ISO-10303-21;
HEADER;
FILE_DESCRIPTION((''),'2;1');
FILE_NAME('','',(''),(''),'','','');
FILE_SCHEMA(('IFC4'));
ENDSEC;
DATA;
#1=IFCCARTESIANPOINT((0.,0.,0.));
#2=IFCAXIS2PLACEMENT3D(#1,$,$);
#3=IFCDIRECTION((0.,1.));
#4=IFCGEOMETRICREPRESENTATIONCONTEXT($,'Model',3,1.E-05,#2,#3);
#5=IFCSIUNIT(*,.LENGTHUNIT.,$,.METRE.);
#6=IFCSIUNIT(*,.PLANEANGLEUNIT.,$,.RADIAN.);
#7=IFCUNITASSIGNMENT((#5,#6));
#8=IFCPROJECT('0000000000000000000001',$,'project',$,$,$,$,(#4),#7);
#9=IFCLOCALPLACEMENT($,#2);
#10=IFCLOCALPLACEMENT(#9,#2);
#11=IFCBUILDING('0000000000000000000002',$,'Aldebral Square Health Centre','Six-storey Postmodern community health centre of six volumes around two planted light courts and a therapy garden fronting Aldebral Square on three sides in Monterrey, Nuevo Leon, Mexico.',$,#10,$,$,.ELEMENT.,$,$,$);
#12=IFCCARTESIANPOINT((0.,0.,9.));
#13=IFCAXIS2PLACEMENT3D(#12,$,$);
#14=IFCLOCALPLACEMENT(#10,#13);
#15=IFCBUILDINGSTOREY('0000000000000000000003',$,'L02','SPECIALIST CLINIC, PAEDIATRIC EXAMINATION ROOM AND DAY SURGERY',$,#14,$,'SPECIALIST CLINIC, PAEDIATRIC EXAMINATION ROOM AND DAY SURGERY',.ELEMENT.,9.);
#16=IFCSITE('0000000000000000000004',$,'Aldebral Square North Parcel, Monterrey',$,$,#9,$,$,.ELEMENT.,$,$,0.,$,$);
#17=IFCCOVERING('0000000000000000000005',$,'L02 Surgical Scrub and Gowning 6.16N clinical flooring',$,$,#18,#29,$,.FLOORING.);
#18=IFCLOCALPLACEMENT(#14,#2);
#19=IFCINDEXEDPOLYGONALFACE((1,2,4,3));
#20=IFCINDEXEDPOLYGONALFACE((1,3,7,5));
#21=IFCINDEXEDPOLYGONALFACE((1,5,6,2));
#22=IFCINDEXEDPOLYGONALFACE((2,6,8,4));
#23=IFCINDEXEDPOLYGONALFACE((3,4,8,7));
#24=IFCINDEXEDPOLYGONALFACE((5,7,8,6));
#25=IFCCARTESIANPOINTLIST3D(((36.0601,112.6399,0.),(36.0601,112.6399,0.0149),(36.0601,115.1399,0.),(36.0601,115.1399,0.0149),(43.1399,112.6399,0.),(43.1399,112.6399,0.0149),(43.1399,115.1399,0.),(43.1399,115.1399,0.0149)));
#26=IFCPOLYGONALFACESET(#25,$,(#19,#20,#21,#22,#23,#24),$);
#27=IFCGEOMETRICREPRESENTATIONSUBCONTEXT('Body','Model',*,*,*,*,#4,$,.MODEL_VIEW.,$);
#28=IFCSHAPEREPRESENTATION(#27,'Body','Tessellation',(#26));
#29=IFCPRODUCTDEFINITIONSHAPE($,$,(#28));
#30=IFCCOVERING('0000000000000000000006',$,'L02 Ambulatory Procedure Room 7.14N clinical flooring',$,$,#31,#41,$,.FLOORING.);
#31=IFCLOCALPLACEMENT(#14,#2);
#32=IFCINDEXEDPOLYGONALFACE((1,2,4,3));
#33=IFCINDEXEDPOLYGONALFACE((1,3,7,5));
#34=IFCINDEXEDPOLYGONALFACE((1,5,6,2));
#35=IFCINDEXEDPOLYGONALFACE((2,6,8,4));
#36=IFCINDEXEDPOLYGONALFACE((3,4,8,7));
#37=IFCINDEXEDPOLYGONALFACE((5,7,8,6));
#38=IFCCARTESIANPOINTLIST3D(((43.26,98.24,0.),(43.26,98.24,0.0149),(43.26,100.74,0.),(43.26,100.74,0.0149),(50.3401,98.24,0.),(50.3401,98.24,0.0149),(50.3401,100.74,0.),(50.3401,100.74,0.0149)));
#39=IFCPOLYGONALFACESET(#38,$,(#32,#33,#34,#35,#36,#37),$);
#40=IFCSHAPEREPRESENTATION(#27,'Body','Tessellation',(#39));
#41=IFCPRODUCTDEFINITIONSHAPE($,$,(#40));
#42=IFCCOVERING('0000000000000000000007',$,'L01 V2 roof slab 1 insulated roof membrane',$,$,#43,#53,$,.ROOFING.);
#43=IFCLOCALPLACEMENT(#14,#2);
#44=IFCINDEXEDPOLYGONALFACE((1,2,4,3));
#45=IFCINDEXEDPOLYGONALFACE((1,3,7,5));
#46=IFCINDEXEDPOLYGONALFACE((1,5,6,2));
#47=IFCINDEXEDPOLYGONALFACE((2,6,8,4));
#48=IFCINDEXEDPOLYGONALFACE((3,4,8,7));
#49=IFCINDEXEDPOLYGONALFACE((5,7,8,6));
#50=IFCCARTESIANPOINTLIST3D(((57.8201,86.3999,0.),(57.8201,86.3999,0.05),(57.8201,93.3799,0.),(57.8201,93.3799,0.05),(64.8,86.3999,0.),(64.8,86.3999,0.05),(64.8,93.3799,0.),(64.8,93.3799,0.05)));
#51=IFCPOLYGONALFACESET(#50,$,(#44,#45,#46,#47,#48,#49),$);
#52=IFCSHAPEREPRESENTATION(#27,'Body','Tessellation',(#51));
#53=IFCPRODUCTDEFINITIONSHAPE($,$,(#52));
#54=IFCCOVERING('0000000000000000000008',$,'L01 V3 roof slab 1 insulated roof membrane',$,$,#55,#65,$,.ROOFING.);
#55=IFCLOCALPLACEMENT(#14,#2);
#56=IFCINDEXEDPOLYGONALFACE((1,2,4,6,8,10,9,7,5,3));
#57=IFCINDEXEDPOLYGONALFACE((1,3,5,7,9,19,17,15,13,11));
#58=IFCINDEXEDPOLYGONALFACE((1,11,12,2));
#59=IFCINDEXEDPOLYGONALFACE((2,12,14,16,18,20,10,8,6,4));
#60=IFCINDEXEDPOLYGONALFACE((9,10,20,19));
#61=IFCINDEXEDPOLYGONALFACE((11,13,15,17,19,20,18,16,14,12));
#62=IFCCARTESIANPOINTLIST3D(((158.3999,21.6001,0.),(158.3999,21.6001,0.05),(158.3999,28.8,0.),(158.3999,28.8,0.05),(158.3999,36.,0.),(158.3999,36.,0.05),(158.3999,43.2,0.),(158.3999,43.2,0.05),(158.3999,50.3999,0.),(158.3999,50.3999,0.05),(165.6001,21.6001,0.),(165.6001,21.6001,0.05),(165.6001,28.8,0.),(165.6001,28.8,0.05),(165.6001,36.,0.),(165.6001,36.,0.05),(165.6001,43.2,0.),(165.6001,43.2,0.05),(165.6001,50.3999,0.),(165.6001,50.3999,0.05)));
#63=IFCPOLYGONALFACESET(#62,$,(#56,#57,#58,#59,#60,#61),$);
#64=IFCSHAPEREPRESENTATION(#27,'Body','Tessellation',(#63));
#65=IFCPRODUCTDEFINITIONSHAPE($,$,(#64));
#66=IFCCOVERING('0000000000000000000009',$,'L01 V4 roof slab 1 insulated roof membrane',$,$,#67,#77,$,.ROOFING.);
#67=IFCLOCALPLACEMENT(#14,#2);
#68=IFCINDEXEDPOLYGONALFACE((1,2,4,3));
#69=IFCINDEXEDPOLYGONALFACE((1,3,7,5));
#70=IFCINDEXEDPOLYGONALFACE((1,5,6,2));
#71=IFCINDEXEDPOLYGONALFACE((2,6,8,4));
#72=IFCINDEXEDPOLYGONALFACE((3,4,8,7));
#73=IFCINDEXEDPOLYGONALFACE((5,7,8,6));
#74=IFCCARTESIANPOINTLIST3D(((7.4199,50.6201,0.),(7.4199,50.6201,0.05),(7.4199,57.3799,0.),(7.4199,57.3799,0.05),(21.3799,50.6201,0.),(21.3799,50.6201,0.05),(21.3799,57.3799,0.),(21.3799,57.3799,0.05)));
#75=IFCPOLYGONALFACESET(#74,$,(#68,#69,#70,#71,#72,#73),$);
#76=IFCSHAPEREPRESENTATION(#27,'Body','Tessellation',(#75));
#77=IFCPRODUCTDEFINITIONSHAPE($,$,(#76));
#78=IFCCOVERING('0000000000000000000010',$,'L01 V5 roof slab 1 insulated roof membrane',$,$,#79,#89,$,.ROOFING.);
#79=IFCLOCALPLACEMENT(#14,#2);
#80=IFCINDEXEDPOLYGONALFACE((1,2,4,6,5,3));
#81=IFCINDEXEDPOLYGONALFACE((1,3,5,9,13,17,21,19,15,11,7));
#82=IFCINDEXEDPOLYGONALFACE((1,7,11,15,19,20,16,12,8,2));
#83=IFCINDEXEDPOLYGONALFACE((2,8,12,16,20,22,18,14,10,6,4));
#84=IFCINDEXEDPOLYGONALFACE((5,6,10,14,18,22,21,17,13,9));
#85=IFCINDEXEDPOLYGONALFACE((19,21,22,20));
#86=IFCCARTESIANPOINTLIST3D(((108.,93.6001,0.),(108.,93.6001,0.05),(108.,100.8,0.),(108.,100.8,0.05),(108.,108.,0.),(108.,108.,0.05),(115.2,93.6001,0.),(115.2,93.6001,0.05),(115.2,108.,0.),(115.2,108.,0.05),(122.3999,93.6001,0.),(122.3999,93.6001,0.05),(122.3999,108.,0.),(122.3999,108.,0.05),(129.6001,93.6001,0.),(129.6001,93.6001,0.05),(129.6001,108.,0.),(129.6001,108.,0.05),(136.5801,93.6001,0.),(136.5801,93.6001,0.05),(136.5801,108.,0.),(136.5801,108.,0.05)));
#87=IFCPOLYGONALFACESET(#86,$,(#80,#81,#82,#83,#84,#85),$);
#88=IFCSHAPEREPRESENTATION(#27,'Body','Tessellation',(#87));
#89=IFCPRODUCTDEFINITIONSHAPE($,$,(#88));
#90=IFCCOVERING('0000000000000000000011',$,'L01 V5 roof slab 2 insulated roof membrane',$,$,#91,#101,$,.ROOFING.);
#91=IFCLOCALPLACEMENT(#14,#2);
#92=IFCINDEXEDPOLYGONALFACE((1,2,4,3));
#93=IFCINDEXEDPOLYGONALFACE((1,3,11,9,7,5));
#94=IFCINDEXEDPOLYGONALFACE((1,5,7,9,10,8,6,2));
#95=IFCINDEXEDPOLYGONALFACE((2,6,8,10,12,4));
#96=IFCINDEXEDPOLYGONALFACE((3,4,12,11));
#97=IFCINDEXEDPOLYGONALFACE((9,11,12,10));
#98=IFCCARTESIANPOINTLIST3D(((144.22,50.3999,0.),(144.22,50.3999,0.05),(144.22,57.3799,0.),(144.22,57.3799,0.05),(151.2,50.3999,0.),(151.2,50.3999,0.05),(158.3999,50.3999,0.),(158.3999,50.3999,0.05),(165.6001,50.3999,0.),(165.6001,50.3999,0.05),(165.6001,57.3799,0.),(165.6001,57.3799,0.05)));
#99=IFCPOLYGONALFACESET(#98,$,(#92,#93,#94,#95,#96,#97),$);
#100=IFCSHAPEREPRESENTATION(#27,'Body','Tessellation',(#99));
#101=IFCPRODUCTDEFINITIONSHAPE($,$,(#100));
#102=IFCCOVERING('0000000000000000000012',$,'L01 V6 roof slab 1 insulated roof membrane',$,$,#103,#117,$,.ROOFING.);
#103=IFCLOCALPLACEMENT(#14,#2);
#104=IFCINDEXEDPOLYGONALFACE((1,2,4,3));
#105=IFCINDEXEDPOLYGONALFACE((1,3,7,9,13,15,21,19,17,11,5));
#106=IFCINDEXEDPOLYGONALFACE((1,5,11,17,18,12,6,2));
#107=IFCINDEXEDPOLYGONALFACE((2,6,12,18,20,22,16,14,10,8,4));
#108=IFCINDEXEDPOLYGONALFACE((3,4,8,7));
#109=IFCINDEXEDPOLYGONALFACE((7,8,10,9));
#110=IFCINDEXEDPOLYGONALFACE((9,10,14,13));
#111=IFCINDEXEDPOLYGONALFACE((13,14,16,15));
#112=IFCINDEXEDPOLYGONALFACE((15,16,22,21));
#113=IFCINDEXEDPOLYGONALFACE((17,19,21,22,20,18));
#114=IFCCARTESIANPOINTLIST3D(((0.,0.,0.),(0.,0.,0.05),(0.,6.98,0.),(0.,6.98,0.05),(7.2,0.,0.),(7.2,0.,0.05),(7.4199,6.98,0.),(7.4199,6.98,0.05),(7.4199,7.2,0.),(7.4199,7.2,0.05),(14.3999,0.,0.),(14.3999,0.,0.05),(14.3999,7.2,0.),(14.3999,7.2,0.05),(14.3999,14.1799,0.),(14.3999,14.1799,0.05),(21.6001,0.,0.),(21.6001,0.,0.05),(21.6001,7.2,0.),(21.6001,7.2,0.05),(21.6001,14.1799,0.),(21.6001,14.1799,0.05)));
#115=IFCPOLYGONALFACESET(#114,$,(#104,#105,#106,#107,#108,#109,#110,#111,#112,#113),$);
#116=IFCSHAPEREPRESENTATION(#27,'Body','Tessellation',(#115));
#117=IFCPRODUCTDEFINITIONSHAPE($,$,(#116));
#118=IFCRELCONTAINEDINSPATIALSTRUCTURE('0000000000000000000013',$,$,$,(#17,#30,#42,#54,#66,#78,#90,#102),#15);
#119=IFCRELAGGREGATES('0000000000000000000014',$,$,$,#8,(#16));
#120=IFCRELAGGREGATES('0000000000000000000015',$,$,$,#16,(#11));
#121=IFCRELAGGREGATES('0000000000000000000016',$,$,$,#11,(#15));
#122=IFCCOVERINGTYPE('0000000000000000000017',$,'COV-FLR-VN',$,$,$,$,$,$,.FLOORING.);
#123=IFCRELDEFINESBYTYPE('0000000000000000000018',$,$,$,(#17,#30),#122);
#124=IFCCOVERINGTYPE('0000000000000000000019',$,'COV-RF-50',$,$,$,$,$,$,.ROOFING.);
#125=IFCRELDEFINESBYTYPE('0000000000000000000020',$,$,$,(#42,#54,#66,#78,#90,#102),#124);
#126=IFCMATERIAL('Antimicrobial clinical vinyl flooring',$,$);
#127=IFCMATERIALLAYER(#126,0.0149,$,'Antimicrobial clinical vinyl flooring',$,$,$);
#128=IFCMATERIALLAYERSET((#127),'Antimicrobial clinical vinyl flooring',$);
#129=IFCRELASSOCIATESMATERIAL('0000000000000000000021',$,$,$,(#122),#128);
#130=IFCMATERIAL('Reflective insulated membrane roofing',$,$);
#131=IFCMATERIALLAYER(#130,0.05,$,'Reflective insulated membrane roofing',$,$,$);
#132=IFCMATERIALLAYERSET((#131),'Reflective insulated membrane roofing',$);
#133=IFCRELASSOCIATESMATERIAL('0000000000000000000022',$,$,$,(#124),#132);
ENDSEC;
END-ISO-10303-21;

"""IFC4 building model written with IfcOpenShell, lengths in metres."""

from ifc_helpers import new_model, si_unit, direction, frame, origin, place, context, subcontext, project, spatial, polyline, outline, extrude, material, layer, layer_set, type_object, element, save


model = new_model("IFC4")

# Units and contexts
model_context = context("Model", 3, precision=1e-05, world=origin(), true_north=direction((0.0, 1.0)))
body_context = subcontext(model_context, "Body", "Model", "MODEL_VIEW")
ifc_project = project(units=[si_unit("LENGTHUNIT", "METRE"), si_unit("PLANEANGLEUNIT", "RADIAN")], contexts=[model_context])

# Site, building, storey
site_placement = place(None, origin())
site = spatial("IfcSite", under=ifc_project, at=site_placement, Name="Aldebral Square North Parcel, Monterrey", CompositionType="ELEMENT", RefElevation=0.0)
building_placement = place(site_placement, origin())
building = spatial("IfcBuilding", under=site, at=building_placement, Name="Aldebral Square Health Centre", Description="Six-storey Postmodern community health centre of six volumes around two planted light courts and a therapy garden fronting Aldebral Square on three sides in Monterrey, Nuevo Leon, Mexico.", CompositionType="ELEMENT")
storey_placement = place(building_placement, frame((0.0, 0.0, 9.0)))
storey = spatial("IfcBuildingStorey", under=building, at=storey_placement, Name="L02", Description="SPECIALIST CLINIC, PAEDIATRIC EXAMINATION ROOM AND DAY SURGERY", LongName="SPECIALIST CLINIC, PAEDIATRIC EXAMINATION ROOM AND DAY SURGERY", CompositionType="ELEMENT", Elevation=9.0)

# Coverings
ifc_material_1 = material(Name="Antimicrobial clinical vinyl flooring")
ifc_layer_1 = layer(ifc_material_1, 0.0149, Name="Antimicrobial clinical vinyl flooring")
ifc_layer_set_1 = layer_set([ifc_layer_1], Name="Antimicrobial clinical vinyl flooring")
covering_type_1 = type_object("IfcCoveringType", Name="COV-FLR-VN", PredefinedType="FLOORING", material=ifc_layer_set_1)
covering_1_placement = place(storey_placement, origin())
element("IfcCovering", 1, at=covering_1_placement, inside=storey, type_object=covering_type_1, Name="L02 Surgical Scrub and Gowning 6.16N clinical flooring", PredefinedType="FLOORING", context=body_context, shape_type="SweptSolid", body=[
    extrude(outline(polyline([(36.0601, 112.6399), (43.1399, 112.6399), (43.1399, 115.1399), (36.0601, 115.1399), (36.0601, 112.6399)])), origin(), (0.0, 0.0, 1.0), 0.0149),
])
covering_2_placement = place(storey_placement, origin())
element("IfcCovering", 2, at=covering_2_placement, inside=storey, type_object=covering_type_1, Name="L02 Ambulatory Procedure Room 7.14N clinical flooring", PredefinedType="FLOORING", context=body_context, shape_type="SweptSolid", body=[
    extrude(outline(polyline([(43.26, 98.24), (50.3401, 98.24), (50.3401, 100.74), (43.26, 100.74), (43.26, 98.24)])), origin(), (0.0, 0.0, 1.0), 0.0149),
])
ifc_material_2 = material(Name="Reflective insulated membrane roofing")
ifc_layer_2 = layer(ifc_material_2, 0.05, Name="Reflective insulated membrane roofing")
ifc_layer_set_2 = layer_set([ifc_layer_2], Name="Reflective insulated membrane roofing")
covering_type_2 = type_object("IfcCoveringType", Name="COV-RF-50", PredefinedType="ROOFING", material=ifc_layer_set_2)
covering_3_placement = place(storey_placement, origin())
element("IfcCovering", 3, at=covering_3_placement, inside=storey, type_object=covering_type_2, Name="L01 V2 roof slab 1 insulated roof membrane", PredefinedType="ROOFING", context=body_context, shape_type="SweptSolid", body=[
    extrude(outline(polyline([(64.8, 86.3999), (57.8201, 86.3999), (57.8201, 93.3799), (64.8, 93.3799), (64.8, 86.3999)])), origin(), (0.0, 0.0, 1.0), 0.05),
])
covering_4_placement = place(storey_placement, origin())
element("IfcCovering", 4, at=covering_4_placement, inside=storey, type_object=covering_type_2, Name="L01 V3 roof slab 1 insulated roof membrane", PredefinedType="ROOFING", context=body_context, shape_type="SweptSolid", body=[
    extrude(outline(polyline([(158.3999, 28.8), (158.3999, 36.0), (158.3999, 43.2), (158.3999, 50.3999), (165.6001, 50.3999), (165.6001, 43.2), (165.6001, 36.0), (165.6001, 28.8), (165.6001, 21.6001), (158.3999, 21.6001), (158.3999, 28.8)])), origin(), (0.0, 0.0, 1.0), 0.05),
])
covering_5_placement = place(storey_placement, origin())
element("IfcCovering", 5, at=covering_5_placement, inside=storey, type_object=covering_type_2, Name="L01 V4 roof slab 1 insulated roof membrane", PredefinedType="ROOFING", context=body_context, shape_type="SweptSolid", body=[
    extrude(outline(polyline([(21.3799, 50.6201), (7.4199, 50.6201), (7.4199, 57.3799), (21.3799, 57.3799), (21.3799, 50.6201)])), origin(), (0.0, 0.0, 1.0), 0.05),
])
covering_6_placement = place(storey_placement, origin())
element("IfcCovering", 6, at=covering_6_placement, inside=storey, type_object=covering_type_2, Name="L01 V5 roof slab 1 insulated roof membrane", PredefinedType="ROOFING", context=body_context, shape_type="SweptSolid", body=[
    extrude(outline(polyline([(115.2, 108.0), (122.3999, 108.0), (129.6001, 108.0), (136.5801, 108.0), (136.5801, 93.6001), (129.6001, 93.6001), (122.3999, 93.6001), (115.2, 93.6001), (108.0, 93.6001), (108.0, 100.8), (108.0, 108.0), (115.2, 108.0)])), origin(), (0.0, 0.0, 1.0), 0.05),
])
covering_7_placement = place(storey_placement, origin())
element("IfcCovering", 7, at=covering_7_placement, inside=storey, type_object=covering_type_2, Name="L01 V5 roof slab 2 insulated roof membrane", PredefinedType="ROOFING", context=body_context, shape_type="SweptSolid", body=[
    extrude(outline(polyline([(165.6001, 50.3999), (158.3999, 50.3999), (151.2, 50.3999), (144.22, 50.3999), (144.22, 57.3799), (165.6001, 57.3799), (165.6001, 50.3999)])), origin(), (0.0, 0.0, 1.0), 0.05),
])
covering_8_placement = place(storey_placement, origin())
element("IfcCovering", 8, at=covering_8_placement, inside=storey, type_object=covering_type_2, Name="L01 V6 roof slab 1 insulated roof membrane", PredefinedType="ROOFING", context=body_context, shape_type="SweptSolid", body=[
    extrude(outline(polyline([(14.3999, 7.2), (14.3999, 14.1799), (21.6001, 14.1799), (21.6001, 7.2), (21.6001, 0.0), (14.3999, 0.0), (7.2, 0.0), (0.0, 0.0), (0.0, 6.98), (7.4199, 6.98), (7.4199, 7.2), (14.3999, 7.2)])), origin(), (0.0, 0.0, 1.0), 0.05),
])

save(model, "model.ifc")
